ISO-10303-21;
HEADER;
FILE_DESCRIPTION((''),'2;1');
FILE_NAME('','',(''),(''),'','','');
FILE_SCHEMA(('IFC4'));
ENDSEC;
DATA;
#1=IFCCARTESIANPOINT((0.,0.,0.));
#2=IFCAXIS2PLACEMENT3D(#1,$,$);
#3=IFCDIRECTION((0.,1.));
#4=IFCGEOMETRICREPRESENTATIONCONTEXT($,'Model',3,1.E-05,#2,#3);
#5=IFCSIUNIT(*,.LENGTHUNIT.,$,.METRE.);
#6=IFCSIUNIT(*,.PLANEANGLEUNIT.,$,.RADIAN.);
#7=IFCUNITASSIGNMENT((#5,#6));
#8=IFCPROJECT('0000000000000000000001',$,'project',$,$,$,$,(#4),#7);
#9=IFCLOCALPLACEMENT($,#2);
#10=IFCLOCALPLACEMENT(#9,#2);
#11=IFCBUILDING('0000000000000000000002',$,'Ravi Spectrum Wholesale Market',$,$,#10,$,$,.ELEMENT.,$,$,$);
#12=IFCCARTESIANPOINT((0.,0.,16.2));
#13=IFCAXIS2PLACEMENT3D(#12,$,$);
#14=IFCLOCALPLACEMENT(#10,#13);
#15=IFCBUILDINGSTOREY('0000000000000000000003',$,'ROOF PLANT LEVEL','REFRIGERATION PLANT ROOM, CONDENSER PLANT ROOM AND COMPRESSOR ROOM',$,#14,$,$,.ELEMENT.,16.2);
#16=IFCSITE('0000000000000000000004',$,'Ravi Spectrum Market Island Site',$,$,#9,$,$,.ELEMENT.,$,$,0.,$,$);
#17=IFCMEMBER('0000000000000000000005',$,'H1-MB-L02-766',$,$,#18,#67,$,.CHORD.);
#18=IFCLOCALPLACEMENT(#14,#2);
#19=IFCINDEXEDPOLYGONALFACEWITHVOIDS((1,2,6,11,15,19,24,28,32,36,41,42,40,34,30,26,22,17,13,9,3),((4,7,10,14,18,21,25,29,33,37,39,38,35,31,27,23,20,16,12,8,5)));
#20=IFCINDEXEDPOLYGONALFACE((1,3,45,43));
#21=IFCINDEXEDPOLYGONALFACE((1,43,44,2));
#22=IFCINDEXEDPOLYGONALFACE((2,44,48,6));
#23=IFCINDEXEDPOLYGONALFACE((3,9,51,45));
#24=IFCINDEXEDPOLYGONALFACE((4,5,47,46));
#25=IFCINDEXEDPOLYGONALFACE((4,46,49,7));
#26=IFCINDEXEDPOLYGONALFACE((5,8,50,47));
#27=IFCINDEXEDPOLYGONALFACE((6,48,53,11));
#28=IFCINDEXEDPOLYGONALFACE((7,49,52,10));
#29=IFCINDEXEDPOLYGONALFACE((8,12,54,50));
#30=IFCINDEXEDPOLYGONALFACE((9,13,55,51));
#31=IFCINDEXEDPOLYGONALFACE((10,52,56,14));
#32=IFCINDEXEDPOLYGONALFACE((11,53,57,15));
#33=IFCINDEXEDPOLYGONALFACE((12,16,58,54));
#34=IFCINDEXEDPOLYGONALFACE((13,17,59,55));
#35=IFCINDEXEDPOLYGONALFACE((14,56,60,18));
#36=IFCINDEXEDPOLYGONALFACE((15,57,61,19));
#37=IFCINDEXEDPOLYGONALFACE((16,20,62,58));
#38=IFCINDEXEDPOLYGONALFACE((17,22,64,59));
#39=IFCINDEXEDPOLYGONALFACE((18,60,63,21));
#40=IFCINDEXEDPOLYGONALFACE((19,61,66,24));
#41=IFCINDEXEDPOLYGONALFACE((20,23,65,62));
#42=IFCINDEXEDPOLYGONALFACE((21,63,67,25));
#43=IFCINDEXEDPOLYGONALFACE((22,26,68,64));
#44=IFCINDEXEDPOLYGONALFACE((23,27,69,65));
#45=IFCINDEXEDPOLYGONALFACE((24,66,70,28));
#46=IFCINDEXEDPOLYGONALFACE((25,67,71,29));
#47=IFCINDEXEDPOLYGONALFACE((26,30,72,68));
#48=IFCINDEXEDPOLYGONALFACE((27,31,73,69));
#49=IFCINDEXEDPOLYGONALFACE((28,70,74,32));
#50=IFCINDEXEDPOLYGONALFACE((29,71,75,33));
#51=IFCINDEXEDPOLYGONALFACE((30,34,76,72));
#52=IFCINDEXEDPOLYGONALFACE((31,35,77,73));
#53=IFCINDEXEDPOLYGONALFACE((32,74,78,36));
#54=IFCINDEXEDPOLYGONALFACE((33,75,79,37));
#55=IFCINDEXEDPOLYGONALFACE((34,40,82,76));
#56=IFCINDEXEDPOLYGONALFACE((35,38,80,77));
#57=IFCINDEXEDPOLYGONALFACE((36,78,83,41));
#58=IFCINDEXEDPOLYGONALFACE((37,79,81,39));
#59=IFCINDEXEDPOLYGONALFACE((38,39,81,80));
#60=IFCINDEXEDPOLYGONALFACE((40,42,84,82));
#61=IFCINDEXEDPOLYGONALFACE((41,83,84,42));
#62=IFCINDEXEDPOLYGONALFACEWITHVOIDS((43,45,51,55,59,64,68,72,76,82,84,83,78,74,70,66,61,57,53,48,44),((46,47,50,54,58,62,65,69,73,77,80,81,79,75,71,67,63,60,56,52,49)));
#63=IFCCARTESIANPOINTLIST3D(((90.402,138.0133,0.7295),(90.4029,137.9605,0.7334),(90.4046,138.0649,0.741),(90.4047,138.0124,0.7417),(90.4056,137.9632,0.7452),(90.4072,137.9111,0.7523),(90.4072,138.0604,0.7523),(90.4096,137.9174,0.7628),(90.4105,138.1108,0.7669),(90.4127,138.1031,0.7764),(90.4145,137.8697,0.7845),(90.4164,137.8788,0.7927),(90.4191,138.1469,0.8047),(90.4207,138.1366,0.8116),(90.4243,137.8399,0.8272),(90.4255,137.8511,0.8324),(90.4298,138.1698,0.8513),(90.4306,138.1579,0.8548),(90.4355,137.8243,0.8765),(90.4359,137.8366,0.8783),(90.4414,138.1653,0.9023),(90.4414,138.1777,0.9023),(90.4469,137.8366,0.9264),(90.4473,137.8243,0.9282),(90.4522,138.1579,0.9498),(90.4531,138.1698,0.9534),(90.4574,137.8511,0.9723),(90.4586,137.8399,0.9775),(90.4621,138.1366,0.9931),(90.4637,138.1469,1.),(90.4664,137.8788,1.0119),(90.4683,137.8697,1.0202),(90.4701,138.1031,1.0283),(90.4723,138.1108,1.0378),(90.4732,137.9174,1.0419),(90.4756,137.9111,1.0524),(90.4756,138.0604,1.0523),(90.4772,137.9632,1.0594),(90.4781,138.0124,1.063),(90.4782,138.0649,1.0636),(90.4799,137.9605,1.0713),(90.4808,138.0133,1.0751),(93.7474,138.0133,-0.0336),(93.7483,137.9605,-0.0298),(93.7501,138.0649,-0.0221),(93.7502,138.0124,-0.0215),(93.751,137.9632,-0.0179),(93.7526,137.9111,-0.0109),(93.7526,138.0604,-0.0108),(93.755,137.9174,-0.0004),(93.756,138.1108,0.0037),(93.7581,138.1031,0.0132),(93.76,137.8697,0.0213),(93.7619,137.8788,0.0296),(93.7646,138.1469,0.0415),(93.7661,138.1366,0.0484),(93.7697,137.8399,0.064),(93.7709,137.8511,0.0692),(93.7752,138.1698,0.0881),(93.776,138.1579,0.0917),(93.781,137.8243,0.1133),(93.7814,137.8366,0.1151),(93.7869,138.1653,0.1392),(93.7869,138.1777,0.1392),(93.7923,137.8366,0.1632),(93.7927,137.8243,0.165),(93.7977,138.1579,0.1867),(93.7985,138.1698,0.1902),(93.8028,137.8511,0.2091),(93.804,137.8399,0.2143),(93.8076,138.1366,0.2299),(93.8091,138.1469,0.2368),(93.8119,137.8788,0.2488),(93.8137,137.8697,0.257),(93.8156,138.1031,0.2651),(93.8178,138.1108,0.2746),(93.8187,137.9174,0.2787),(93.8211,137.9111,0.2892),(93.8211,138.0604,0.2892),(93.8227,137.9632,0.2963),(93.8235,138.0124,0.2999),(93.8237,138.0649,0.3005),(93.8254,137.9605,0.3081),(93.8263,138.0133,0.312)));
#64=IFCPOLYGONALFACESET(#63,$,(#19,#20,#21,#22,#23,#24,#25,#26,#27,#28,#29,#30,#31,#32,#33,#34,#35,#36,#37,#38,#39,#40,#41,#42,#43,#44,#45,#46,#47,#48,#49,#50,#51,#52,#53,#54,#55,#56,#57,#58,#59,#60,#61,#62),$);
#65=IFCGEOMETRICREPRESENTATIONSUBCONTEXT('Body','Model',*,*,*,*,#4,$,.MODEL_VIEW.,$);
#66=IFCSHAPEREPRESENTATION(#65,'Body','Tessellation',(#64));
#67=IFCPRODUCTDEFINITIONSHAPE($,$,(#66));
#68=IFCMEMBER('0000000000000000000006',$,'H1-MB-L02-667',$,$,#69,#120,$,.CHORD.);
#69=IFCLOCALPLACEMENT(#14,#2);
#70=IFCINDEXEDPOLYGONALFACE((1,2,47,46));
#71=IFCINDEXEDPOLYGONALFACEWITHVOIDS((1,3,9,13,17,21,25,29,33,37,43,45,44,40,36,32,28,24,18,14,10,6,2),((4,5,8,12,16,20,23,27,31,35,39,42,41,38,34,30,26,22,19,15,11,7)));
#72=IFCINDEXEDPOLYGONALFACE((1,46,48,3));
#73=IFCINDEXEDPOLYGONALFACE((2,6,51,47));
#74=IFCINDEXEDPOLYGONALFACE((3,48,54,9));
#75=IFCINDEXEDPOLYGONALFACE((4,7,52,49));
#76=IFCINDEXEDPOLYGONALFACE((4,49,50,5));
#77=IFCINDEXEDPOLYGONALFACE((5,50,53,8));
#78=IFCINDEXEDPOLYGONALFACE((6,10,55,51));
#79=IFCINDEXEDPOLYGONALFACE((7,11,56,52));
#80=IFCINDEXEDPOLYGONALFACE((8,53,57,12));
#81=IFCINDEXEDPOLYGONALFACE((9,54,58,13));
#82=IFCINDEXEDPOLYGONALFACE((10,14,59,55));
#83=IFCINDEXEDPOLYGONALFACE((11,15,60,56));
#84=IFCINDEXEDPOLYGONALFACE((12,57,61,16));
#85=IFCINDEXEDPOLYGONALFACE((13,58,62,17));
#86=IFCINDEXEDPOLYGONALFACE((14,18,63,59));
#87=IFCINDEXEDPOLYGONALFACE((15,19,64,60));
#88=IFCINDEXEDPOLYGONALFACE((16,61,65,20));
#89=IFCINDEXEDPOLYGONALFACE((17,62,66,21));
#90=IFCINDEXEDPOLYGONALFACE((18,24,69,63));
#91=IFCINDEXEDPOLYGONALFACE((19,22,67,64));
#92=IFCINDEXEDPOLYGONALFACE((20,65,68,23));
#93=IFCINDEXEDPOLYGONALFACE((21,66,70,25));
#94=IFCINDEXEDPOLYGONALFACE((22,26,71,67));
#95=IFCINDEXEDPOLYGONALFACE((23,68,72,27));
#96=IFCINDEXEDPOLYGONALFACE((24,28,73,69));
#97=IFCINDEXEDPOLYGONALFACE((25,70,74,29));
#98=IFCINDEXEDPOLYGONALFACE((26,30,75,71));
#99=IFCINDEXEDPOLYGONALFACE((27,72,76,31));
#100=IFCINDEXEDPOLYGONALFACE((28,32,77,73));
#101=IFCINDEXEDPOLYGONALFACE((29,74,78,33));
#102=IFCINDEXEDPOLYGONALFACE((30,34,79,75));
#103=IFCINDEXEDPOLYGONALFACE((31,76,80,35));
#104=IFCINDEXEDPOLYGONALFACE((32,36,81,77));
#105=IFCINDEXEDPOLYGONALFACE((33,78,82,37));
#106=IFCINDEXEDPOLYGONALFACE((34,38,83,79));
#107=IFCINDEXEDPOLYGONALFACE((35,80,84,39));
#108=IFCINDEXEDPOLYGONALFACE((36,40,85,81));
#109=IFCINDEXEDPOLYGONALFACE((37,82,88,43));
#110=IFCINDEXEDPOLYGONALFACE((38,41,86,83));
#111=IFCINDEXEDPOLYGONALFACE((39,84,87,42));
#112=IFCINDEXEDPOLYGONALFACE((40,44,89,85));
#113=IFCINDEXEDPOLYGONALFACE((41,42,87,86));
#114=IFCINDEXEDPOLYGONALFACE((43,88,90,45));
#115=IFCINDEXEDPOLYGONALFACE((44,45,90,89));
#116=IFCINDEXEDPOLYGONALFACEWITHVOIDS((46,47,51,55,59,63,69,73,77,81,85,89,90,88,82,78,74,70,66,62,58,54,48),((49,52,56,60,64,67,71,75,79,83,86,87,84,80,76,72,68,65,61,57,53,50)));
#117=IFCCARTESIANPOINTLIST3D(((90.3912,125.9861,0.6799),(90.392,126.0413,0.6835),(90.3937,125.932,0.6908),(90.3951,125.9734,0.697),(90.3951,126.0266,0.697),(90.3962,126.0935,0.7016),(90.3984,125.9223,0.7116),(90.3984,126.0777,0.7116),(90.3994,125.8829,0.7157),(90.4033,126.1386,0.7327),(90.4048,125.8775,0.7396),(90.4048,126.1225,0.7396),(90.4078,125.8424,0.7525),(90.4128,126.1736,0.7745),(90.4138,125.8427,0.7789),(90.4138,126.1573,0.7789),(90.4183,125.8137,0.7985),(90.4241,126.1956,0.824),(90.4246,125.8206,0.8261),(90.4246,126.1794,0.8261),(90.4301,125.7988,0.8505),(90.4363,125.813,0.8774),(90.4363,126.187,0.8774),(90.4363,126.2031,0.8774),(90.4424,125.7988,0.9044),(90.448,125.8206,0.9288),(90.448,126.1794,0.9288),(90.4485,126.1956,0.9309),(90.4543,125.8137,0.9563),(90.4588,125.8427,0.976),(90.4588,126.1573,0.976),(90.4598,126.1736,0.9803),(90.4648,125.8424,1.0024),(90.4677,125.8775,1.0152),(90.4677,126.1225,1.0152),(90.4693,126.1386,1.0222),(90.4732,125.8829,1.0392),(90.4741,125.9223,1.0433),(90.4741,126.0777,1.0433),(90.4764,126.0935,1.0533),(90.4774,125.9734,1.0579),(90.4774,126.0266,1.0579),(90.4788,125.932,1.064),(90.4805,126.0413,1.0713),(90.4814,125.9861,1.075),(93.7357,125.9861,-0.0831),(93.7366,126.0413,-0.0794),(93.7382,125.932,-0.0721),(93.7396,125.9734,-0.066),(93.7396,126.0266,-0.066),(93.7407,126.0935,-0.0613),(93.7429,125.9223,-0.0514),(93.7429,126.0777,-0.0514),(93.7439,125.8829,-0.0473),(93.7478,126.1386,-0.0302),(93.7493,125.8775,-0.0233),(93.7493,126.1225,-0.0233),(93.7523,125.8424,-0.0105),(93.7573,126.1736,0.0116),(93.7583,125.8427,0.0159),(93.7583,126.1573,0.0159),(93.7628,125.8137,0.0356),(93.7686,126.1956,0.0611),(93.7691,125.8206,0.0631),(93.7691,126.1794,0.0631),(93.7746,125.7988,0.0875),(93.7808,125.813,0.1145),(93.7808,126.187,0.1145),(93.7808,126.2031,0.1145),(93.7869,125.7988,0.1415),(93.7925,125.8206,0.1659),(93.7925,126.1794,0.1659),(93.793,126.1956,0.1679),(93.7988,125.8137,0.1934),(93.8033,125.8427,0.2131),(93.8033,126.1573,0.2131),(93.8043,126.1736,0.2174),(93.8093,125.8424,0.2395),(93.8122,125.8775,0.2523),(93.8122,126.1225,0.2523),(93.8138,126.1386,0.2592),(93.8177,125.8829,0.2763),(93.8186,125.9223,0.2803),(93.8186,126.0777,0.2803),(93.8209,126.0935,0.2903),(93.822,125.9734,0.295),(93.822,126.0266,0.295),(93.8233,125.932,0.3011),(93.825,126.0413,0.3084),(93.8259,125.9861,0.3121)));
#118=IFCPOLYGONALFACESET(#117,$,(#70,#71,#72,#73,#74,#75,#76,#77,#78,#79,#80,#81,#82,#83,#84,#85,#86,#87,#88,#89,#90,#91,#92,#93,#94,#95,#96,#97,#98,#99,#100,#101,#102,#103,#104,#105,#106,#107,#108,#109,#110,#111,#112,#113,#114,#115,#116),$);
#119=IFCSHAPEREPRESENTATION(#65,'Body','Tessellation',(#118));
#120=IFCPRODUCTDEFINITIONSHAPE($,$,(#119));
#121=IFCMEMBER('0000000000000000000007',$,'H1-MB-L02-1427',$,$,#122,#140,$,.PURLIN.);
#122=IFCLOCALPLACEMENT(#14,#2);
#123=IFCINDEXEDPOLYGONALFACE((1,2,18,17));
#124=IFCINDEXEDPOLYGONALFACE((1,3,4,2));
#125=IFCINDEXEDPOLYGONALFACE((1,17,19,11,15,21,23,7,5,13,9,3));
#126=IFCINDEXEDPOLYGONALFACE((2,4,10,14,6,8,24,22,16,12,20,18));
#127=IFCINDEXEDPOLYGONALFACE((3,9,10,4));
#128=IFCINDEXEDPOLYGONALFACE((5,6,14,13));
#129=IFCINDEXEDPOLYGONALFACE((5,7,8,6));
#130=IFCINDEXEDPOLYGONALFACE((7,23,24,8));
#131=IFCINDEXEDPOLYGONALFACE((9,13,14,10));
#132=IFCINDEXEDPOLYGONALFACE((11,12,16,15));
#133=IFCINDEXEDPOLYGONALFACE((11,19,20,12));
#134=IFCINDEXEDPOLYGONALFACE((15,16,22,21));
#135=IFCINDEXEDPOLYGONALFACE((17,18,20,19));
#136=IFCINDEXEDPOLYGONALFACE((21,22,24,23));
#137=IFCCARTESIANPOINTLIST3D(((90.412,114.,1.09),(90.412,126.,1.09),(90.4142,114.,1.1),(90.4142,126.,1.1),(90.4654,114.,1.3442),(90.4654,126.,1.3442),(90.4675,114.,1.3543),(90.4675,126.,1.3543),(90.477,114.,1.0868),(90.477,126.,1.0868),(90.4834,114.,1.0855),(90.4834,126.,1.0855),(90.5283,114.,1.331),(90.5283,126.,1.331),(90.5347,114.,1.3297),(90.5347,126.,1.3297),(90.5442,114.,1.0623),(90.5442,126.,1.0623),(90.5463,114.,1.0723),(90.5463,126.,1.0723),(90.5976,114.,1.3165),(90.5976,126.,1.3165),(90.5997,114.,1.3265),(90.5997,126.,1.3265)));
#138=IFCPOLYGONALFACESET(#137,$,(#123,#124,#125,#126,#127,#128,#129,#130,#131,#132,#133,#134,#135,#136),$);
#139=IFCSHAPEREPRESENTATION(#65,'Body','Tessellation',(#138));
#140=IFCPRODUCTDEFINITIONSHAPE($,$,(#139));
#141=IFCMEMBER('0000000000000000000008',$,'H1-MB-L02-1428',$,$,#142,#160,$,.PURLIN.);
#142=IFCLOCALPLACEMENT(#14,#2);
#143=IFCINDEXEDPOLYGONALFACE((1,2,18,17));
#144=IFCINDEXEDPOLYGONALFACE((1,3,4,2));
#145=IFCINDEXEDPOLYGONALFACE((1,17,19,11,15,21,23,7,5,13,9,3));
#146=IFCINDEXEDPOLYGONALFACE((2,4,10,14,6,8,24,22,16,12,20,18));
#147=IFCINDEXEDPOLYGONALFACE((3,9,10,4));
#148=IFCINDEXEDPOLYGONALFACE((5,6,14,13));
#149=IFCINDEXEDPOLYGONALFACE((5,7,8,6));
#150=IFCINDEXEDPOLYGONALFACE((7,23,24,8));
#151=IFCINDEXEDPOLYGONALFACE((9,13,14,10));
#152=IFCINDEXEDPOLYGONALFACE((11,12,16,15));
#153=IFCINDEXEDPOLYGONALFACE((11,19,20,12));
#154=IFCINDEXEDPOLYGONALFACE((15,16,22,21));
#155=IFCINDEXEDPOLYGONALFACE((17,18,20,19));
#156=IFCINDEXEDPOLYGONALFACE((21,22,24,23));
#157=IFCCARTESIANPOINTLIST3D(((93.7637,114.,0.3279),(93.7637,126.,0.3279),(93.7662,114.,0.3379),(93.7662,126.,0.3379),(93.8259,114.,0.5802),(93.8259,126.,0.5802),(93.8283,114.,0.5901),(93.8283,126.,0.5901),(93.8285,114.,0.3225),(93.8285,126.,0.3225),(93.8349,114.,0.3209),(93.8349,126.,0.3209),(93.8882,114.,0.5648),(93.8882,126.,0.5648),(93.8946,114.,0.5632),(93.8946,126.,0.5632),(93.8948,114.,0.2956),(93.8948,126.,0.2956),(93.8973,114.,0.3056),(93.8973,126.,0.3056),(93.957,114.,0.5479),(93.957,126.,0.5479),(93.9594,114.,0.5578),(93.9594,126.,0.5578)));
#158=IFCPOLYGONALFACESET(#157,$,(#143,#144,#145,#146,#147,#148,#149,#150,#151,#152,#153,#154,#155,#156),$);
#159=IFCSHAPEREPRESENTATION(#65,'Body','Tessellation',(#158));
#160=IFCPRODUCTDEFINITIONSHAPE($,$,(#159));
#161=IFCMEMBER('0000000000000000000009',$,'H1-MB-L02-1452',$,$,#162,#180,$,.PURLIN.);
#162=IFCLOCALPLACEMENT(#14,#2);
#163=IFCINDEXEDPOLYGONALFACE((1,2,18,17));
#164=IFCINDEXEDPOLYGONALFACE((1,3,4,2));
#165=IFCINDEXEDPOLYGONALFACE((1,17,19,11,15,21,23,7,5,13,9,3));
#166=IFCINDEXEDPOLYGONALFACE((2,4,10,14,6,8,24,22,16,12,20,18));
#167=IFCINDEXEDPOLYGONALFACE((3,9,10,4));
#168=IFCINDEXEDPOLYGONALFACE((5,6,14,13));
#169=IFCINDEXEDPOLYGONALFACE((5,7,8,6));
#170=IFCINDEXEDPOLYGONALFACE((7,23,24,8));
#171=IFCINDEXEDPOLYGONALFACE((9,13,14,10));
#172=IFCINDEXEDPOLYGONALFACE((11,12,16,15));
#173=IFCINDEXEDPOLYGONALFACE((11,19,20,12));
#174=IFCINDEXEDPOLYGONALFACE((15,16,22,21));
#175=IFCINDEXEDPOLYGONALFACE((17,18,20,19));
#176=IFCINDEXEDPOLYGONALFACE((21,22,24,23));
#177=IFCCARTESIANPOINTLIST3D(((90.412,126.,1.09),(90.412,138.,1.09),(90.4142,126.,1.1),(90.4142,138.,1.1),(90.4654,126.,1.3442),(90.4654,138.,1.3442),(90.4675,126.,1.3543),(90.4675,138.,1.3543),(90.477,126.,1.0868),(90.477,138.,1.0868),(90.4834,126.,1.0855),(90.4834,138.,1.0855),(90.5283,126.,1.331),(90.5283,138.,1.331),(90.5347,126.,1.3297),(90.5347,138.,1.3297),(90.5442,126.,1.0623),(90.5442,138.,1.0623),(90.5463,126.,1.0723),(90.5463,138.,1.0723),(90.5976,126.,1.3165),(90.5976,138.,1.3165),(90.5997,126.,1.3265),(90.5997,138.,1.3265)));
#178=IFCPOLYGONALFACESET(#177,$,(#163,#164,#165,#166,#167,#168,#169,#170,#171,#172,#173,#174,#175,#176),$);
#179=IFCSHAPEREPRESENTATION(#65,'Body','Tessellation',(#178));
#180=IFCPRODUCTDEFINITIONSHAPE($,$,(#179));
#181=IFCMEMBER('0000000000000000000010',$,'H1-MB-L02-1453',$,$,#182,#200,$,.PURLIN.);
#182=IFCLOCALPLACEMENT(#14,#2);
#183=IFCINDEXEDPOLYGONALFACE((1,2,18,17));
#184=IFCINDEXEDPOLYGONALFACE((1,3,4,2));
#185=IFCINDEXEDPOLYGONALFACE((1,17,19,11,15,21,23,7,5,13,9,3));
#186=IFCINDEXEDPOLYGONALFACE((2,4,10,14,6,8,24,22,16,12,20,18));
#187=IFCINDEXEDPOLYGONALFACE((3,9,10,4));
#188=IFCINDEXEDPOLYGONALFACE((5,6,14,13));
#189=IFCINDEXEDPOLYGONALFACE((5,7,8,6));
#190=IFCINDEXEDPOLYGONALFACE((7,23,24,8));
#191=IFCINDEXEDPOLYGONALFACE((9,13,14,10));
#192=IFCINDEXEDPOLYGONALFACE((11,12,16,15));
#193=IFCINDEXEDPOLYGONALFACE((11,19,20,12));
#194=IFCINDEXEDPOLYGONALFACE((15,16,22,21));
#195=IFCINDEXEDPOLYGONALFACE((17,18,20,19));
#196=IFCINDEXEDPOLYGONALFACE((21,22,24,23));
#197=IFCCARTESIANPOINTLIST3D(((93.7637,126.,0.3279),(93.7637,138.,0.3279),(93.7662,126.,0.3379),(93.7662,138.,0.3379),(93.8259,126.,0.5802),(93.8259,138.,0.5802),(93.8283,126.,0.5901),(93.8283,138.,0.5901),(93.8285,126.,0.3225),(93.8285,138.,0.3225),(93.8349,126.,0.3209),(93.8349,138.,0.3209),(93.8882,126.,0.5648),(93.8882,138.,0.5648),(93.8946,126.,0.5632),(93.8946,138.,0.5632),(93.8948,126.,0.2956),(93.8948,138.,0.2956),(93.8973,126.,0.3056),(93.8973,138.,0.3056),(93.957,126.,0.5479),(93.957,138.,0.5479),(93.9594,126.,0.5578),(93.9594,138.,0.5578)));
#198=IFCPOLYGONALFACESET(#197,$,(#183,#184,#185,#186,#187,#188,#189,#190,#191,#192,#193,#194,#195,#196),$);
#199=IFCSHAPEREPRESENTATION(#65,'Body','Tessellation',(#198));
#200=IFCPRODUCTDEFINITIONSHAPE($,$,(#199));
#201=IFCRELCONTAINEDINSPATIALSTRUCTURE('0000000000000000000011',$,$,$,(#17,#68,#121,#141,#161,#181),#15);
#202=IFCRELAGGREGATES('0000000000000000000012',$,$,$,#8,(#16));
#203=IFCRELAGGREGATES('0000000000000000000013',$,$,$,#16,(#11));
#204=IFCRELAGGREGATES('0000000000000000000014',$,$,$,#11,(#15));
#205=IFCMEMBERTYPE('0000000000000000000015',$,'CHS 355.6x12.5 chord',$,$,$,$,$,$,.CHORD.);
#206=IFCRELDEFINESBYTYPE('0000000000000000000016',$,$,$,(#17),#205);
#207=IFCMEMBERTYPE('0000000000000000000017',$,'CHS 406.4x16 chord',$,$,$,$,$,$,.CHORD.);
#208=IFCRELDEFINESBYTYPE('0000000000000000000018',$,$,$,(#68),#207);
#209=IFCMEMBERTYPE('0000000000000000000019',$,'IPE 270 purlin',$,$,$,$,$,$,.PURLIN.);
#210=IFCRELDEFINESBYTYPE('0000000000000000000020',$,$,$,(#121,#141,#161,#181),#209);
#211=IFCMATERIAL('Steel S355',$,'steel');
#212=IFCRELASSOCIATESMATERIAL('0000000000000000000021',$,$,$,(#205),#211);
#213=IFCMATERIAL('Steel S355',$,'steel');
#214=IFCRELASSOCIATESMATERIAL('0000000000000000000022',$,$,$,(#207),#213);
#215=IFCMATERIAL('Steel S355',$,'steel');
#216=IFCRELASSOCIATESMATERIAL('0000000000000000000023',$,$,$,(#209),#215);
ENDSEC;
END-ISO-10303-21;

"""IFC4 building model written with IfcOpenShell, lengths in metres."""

from ifc_helpers import new_model, si_unit, direction, frame, origin, origin_2d, place, context, subcontext, project, spatial, hollow_circle, i_section, extrude, material, material_profile, profile_set, type_object, element, save


model = new_model("IFC4")

# Units and contexts
model_context = context("Model", 3, precision=1e-05, world=origin(), true_north=direction((0.0, 1.0)))
body_context = subcontext(model_context, "Body", "Model", "MODEL_VIEW")
ifc_project = project(units=[si_unit("LENGTHUNIT", "METRE"), si_unit("PLANEANGLEUNIT", "RADIAN")], contexts=[model_context])

# Site, building, storey
site_placement = place(None, origin())
site = spatial("IfcSite", under=ifc_project, at=site_placement, Name="Ravi Spectrum Market Island Site", CompositionType="ELEMENT", RefElevation=0.0)
building_placement = place(site_placement, origin())
building = spatial("IfcBuilding", under=site, at=building_placement, Name="Ravi Spectrum Wholesale Market", CompositionType="ELEMENT")
storey_placement = place(building_placement, frame((0.0, 0.0, 16.2)))
storey = spatial("IfcBuildingStorey", under=building, at=storey_placement, Name="ROOF PLANT LEVEL", Description="REFRIGERATION PLANT ROOM, CONDENSER PLANT ROOM AND COMPRESSOR ROOM", CompositionType="ELEMENT", Elevation=16.2)

# Members
ifc_material_1 = material(Name="Steel S355", Category="steel")
ifc_material_profile_1 = material_profile(ifc_material_1, hollow_circle(Radius=0.1777, WallThickness=0.0125, at=origin_2d()))
ifc_profile_set_1 = profile_set([ifc_material_profile_1], Name="Steel S355")
member_type_1 = type_object("IfcMemberType", Name="CHS 355.6x12.5 chord", PredefinedType="CHORD", material=ifc_profile_set_1)
for number, where, z_axis, x_axis, name in (
    (1, (90.4414, 138.0, 0.9023), (0.974953, 0.0, -0.222411), (0.0, 1.0, 0.0), "H1-MB-L02-766"),
):
    element("IfcMember", number, at=place(storey_placement, frame(where, z_axis=z_axis, x_axis=x_axis)), inside=storey, type_object=member_type_1, Name=name, PredefinedType="CHORD", context=body_context, shape_type="SweptSolid", body=[
        extrude(hollow_circle(Radius=0.1777, WallThickness=0.0125, at=origin_2d()), origin(), (0.0, 0.0, 1.0), 3.4314),
    ])
ifc_material_2 = material(Name="Steel S355", Category="steel")
ifc_material_profile_2 = material_profile(ifc_material_2, hollow_circle(Radius=0.2031, WallThickness=0.0161, at=origin_2d()))
ifc_profile_set_2 = profile_set([ifc_material_profile_2], Name="Steel S355")
member_type_2 = type_object("IfcMemberType", Name="CHS 406.4x16 chord", PredefinedType="CHORD", material=ifc_profile_set_2)
member_1_placement = place(storey_placement, frame((90.4363, 126.0, 0.8774), z_axis=(0.974954, 0.0, -0.222405), x_axis=(0.0, 1.0, 0.0)))
element("IfcMember", 2, at=member_1_placement, inside=storey, type_object=member_type_2, Name="H1-MB-L02-667", PredefinedType="CHORD", context=body_context, shape_type="SweptSolid", body=[
    extrude(hollow_circle(Radius=0.2031, WallThickness=0.0161, at=origin_2d()), origin(), (0.0, 0.0, 1.0), 3.4304),
])
ifc_material_3 = material(Name="Steel S355", Category="steel")
ifc_material_profile_3 = material_profile(ifc_material_3, i_section(OverallWidth=0.135, OverallDepth=0.27, WebThickness=0.0066, FlangeThickness=0.0103, at=origin_2d()))
ifc_profile_set_3 = profile_set([ifc_material_profile_3], Name="Steel S355")
member_type_3 = type_object("IfcMemberType", Name="IPE 270 purlin", PredefinedType="PURLIN", material=ifc_profile_set_3)
for number, where, z_axis, x_axis, name in (
    (3, (90.5059, 114.0, 1.2083), (0.0, 1.0, 0.0), (-0.978653, 0.0, 0.205517), "H1-MB-L02-1427"),
    (4, (93.8616, 114.0, 0.4429), (0.0, 1.0, 0.0), (-0.970983, 0.0, 0.239151), "H1-MB-L02-1428"),
    (5, (90.5059, 126.0, 1.2083), (0.0, 1.0, 0.0), (-0.978653, 0.0, 0.205517), "H1-MB-L02-1452"),
    (6, (93.8616, 126.0, 0.4429), (0.0, 1.0, 0.0), (-0.970983, 0.0, 0.239151), "H1-MB-L02-1453"),
):
    element("IfcMember", number, at=place(storey_placement, frame(where, z_axis=z_axis, x_axis=x_axis)), inside=storey, type_object=member_type_3, Name=name, PredefinedType="PURLIN", context=body_context, shape_type="SweptSolid", body=[
        extrude(i_section(OverallWidth=0.135, OverallDepth=0.27, WebThickness=0.0066, FlangeThickness=0.0103, at=origin_2d()), origin(), (0.0, 0.0, 1.0), 12.0),
    ])

save(model, "model.ifc")
